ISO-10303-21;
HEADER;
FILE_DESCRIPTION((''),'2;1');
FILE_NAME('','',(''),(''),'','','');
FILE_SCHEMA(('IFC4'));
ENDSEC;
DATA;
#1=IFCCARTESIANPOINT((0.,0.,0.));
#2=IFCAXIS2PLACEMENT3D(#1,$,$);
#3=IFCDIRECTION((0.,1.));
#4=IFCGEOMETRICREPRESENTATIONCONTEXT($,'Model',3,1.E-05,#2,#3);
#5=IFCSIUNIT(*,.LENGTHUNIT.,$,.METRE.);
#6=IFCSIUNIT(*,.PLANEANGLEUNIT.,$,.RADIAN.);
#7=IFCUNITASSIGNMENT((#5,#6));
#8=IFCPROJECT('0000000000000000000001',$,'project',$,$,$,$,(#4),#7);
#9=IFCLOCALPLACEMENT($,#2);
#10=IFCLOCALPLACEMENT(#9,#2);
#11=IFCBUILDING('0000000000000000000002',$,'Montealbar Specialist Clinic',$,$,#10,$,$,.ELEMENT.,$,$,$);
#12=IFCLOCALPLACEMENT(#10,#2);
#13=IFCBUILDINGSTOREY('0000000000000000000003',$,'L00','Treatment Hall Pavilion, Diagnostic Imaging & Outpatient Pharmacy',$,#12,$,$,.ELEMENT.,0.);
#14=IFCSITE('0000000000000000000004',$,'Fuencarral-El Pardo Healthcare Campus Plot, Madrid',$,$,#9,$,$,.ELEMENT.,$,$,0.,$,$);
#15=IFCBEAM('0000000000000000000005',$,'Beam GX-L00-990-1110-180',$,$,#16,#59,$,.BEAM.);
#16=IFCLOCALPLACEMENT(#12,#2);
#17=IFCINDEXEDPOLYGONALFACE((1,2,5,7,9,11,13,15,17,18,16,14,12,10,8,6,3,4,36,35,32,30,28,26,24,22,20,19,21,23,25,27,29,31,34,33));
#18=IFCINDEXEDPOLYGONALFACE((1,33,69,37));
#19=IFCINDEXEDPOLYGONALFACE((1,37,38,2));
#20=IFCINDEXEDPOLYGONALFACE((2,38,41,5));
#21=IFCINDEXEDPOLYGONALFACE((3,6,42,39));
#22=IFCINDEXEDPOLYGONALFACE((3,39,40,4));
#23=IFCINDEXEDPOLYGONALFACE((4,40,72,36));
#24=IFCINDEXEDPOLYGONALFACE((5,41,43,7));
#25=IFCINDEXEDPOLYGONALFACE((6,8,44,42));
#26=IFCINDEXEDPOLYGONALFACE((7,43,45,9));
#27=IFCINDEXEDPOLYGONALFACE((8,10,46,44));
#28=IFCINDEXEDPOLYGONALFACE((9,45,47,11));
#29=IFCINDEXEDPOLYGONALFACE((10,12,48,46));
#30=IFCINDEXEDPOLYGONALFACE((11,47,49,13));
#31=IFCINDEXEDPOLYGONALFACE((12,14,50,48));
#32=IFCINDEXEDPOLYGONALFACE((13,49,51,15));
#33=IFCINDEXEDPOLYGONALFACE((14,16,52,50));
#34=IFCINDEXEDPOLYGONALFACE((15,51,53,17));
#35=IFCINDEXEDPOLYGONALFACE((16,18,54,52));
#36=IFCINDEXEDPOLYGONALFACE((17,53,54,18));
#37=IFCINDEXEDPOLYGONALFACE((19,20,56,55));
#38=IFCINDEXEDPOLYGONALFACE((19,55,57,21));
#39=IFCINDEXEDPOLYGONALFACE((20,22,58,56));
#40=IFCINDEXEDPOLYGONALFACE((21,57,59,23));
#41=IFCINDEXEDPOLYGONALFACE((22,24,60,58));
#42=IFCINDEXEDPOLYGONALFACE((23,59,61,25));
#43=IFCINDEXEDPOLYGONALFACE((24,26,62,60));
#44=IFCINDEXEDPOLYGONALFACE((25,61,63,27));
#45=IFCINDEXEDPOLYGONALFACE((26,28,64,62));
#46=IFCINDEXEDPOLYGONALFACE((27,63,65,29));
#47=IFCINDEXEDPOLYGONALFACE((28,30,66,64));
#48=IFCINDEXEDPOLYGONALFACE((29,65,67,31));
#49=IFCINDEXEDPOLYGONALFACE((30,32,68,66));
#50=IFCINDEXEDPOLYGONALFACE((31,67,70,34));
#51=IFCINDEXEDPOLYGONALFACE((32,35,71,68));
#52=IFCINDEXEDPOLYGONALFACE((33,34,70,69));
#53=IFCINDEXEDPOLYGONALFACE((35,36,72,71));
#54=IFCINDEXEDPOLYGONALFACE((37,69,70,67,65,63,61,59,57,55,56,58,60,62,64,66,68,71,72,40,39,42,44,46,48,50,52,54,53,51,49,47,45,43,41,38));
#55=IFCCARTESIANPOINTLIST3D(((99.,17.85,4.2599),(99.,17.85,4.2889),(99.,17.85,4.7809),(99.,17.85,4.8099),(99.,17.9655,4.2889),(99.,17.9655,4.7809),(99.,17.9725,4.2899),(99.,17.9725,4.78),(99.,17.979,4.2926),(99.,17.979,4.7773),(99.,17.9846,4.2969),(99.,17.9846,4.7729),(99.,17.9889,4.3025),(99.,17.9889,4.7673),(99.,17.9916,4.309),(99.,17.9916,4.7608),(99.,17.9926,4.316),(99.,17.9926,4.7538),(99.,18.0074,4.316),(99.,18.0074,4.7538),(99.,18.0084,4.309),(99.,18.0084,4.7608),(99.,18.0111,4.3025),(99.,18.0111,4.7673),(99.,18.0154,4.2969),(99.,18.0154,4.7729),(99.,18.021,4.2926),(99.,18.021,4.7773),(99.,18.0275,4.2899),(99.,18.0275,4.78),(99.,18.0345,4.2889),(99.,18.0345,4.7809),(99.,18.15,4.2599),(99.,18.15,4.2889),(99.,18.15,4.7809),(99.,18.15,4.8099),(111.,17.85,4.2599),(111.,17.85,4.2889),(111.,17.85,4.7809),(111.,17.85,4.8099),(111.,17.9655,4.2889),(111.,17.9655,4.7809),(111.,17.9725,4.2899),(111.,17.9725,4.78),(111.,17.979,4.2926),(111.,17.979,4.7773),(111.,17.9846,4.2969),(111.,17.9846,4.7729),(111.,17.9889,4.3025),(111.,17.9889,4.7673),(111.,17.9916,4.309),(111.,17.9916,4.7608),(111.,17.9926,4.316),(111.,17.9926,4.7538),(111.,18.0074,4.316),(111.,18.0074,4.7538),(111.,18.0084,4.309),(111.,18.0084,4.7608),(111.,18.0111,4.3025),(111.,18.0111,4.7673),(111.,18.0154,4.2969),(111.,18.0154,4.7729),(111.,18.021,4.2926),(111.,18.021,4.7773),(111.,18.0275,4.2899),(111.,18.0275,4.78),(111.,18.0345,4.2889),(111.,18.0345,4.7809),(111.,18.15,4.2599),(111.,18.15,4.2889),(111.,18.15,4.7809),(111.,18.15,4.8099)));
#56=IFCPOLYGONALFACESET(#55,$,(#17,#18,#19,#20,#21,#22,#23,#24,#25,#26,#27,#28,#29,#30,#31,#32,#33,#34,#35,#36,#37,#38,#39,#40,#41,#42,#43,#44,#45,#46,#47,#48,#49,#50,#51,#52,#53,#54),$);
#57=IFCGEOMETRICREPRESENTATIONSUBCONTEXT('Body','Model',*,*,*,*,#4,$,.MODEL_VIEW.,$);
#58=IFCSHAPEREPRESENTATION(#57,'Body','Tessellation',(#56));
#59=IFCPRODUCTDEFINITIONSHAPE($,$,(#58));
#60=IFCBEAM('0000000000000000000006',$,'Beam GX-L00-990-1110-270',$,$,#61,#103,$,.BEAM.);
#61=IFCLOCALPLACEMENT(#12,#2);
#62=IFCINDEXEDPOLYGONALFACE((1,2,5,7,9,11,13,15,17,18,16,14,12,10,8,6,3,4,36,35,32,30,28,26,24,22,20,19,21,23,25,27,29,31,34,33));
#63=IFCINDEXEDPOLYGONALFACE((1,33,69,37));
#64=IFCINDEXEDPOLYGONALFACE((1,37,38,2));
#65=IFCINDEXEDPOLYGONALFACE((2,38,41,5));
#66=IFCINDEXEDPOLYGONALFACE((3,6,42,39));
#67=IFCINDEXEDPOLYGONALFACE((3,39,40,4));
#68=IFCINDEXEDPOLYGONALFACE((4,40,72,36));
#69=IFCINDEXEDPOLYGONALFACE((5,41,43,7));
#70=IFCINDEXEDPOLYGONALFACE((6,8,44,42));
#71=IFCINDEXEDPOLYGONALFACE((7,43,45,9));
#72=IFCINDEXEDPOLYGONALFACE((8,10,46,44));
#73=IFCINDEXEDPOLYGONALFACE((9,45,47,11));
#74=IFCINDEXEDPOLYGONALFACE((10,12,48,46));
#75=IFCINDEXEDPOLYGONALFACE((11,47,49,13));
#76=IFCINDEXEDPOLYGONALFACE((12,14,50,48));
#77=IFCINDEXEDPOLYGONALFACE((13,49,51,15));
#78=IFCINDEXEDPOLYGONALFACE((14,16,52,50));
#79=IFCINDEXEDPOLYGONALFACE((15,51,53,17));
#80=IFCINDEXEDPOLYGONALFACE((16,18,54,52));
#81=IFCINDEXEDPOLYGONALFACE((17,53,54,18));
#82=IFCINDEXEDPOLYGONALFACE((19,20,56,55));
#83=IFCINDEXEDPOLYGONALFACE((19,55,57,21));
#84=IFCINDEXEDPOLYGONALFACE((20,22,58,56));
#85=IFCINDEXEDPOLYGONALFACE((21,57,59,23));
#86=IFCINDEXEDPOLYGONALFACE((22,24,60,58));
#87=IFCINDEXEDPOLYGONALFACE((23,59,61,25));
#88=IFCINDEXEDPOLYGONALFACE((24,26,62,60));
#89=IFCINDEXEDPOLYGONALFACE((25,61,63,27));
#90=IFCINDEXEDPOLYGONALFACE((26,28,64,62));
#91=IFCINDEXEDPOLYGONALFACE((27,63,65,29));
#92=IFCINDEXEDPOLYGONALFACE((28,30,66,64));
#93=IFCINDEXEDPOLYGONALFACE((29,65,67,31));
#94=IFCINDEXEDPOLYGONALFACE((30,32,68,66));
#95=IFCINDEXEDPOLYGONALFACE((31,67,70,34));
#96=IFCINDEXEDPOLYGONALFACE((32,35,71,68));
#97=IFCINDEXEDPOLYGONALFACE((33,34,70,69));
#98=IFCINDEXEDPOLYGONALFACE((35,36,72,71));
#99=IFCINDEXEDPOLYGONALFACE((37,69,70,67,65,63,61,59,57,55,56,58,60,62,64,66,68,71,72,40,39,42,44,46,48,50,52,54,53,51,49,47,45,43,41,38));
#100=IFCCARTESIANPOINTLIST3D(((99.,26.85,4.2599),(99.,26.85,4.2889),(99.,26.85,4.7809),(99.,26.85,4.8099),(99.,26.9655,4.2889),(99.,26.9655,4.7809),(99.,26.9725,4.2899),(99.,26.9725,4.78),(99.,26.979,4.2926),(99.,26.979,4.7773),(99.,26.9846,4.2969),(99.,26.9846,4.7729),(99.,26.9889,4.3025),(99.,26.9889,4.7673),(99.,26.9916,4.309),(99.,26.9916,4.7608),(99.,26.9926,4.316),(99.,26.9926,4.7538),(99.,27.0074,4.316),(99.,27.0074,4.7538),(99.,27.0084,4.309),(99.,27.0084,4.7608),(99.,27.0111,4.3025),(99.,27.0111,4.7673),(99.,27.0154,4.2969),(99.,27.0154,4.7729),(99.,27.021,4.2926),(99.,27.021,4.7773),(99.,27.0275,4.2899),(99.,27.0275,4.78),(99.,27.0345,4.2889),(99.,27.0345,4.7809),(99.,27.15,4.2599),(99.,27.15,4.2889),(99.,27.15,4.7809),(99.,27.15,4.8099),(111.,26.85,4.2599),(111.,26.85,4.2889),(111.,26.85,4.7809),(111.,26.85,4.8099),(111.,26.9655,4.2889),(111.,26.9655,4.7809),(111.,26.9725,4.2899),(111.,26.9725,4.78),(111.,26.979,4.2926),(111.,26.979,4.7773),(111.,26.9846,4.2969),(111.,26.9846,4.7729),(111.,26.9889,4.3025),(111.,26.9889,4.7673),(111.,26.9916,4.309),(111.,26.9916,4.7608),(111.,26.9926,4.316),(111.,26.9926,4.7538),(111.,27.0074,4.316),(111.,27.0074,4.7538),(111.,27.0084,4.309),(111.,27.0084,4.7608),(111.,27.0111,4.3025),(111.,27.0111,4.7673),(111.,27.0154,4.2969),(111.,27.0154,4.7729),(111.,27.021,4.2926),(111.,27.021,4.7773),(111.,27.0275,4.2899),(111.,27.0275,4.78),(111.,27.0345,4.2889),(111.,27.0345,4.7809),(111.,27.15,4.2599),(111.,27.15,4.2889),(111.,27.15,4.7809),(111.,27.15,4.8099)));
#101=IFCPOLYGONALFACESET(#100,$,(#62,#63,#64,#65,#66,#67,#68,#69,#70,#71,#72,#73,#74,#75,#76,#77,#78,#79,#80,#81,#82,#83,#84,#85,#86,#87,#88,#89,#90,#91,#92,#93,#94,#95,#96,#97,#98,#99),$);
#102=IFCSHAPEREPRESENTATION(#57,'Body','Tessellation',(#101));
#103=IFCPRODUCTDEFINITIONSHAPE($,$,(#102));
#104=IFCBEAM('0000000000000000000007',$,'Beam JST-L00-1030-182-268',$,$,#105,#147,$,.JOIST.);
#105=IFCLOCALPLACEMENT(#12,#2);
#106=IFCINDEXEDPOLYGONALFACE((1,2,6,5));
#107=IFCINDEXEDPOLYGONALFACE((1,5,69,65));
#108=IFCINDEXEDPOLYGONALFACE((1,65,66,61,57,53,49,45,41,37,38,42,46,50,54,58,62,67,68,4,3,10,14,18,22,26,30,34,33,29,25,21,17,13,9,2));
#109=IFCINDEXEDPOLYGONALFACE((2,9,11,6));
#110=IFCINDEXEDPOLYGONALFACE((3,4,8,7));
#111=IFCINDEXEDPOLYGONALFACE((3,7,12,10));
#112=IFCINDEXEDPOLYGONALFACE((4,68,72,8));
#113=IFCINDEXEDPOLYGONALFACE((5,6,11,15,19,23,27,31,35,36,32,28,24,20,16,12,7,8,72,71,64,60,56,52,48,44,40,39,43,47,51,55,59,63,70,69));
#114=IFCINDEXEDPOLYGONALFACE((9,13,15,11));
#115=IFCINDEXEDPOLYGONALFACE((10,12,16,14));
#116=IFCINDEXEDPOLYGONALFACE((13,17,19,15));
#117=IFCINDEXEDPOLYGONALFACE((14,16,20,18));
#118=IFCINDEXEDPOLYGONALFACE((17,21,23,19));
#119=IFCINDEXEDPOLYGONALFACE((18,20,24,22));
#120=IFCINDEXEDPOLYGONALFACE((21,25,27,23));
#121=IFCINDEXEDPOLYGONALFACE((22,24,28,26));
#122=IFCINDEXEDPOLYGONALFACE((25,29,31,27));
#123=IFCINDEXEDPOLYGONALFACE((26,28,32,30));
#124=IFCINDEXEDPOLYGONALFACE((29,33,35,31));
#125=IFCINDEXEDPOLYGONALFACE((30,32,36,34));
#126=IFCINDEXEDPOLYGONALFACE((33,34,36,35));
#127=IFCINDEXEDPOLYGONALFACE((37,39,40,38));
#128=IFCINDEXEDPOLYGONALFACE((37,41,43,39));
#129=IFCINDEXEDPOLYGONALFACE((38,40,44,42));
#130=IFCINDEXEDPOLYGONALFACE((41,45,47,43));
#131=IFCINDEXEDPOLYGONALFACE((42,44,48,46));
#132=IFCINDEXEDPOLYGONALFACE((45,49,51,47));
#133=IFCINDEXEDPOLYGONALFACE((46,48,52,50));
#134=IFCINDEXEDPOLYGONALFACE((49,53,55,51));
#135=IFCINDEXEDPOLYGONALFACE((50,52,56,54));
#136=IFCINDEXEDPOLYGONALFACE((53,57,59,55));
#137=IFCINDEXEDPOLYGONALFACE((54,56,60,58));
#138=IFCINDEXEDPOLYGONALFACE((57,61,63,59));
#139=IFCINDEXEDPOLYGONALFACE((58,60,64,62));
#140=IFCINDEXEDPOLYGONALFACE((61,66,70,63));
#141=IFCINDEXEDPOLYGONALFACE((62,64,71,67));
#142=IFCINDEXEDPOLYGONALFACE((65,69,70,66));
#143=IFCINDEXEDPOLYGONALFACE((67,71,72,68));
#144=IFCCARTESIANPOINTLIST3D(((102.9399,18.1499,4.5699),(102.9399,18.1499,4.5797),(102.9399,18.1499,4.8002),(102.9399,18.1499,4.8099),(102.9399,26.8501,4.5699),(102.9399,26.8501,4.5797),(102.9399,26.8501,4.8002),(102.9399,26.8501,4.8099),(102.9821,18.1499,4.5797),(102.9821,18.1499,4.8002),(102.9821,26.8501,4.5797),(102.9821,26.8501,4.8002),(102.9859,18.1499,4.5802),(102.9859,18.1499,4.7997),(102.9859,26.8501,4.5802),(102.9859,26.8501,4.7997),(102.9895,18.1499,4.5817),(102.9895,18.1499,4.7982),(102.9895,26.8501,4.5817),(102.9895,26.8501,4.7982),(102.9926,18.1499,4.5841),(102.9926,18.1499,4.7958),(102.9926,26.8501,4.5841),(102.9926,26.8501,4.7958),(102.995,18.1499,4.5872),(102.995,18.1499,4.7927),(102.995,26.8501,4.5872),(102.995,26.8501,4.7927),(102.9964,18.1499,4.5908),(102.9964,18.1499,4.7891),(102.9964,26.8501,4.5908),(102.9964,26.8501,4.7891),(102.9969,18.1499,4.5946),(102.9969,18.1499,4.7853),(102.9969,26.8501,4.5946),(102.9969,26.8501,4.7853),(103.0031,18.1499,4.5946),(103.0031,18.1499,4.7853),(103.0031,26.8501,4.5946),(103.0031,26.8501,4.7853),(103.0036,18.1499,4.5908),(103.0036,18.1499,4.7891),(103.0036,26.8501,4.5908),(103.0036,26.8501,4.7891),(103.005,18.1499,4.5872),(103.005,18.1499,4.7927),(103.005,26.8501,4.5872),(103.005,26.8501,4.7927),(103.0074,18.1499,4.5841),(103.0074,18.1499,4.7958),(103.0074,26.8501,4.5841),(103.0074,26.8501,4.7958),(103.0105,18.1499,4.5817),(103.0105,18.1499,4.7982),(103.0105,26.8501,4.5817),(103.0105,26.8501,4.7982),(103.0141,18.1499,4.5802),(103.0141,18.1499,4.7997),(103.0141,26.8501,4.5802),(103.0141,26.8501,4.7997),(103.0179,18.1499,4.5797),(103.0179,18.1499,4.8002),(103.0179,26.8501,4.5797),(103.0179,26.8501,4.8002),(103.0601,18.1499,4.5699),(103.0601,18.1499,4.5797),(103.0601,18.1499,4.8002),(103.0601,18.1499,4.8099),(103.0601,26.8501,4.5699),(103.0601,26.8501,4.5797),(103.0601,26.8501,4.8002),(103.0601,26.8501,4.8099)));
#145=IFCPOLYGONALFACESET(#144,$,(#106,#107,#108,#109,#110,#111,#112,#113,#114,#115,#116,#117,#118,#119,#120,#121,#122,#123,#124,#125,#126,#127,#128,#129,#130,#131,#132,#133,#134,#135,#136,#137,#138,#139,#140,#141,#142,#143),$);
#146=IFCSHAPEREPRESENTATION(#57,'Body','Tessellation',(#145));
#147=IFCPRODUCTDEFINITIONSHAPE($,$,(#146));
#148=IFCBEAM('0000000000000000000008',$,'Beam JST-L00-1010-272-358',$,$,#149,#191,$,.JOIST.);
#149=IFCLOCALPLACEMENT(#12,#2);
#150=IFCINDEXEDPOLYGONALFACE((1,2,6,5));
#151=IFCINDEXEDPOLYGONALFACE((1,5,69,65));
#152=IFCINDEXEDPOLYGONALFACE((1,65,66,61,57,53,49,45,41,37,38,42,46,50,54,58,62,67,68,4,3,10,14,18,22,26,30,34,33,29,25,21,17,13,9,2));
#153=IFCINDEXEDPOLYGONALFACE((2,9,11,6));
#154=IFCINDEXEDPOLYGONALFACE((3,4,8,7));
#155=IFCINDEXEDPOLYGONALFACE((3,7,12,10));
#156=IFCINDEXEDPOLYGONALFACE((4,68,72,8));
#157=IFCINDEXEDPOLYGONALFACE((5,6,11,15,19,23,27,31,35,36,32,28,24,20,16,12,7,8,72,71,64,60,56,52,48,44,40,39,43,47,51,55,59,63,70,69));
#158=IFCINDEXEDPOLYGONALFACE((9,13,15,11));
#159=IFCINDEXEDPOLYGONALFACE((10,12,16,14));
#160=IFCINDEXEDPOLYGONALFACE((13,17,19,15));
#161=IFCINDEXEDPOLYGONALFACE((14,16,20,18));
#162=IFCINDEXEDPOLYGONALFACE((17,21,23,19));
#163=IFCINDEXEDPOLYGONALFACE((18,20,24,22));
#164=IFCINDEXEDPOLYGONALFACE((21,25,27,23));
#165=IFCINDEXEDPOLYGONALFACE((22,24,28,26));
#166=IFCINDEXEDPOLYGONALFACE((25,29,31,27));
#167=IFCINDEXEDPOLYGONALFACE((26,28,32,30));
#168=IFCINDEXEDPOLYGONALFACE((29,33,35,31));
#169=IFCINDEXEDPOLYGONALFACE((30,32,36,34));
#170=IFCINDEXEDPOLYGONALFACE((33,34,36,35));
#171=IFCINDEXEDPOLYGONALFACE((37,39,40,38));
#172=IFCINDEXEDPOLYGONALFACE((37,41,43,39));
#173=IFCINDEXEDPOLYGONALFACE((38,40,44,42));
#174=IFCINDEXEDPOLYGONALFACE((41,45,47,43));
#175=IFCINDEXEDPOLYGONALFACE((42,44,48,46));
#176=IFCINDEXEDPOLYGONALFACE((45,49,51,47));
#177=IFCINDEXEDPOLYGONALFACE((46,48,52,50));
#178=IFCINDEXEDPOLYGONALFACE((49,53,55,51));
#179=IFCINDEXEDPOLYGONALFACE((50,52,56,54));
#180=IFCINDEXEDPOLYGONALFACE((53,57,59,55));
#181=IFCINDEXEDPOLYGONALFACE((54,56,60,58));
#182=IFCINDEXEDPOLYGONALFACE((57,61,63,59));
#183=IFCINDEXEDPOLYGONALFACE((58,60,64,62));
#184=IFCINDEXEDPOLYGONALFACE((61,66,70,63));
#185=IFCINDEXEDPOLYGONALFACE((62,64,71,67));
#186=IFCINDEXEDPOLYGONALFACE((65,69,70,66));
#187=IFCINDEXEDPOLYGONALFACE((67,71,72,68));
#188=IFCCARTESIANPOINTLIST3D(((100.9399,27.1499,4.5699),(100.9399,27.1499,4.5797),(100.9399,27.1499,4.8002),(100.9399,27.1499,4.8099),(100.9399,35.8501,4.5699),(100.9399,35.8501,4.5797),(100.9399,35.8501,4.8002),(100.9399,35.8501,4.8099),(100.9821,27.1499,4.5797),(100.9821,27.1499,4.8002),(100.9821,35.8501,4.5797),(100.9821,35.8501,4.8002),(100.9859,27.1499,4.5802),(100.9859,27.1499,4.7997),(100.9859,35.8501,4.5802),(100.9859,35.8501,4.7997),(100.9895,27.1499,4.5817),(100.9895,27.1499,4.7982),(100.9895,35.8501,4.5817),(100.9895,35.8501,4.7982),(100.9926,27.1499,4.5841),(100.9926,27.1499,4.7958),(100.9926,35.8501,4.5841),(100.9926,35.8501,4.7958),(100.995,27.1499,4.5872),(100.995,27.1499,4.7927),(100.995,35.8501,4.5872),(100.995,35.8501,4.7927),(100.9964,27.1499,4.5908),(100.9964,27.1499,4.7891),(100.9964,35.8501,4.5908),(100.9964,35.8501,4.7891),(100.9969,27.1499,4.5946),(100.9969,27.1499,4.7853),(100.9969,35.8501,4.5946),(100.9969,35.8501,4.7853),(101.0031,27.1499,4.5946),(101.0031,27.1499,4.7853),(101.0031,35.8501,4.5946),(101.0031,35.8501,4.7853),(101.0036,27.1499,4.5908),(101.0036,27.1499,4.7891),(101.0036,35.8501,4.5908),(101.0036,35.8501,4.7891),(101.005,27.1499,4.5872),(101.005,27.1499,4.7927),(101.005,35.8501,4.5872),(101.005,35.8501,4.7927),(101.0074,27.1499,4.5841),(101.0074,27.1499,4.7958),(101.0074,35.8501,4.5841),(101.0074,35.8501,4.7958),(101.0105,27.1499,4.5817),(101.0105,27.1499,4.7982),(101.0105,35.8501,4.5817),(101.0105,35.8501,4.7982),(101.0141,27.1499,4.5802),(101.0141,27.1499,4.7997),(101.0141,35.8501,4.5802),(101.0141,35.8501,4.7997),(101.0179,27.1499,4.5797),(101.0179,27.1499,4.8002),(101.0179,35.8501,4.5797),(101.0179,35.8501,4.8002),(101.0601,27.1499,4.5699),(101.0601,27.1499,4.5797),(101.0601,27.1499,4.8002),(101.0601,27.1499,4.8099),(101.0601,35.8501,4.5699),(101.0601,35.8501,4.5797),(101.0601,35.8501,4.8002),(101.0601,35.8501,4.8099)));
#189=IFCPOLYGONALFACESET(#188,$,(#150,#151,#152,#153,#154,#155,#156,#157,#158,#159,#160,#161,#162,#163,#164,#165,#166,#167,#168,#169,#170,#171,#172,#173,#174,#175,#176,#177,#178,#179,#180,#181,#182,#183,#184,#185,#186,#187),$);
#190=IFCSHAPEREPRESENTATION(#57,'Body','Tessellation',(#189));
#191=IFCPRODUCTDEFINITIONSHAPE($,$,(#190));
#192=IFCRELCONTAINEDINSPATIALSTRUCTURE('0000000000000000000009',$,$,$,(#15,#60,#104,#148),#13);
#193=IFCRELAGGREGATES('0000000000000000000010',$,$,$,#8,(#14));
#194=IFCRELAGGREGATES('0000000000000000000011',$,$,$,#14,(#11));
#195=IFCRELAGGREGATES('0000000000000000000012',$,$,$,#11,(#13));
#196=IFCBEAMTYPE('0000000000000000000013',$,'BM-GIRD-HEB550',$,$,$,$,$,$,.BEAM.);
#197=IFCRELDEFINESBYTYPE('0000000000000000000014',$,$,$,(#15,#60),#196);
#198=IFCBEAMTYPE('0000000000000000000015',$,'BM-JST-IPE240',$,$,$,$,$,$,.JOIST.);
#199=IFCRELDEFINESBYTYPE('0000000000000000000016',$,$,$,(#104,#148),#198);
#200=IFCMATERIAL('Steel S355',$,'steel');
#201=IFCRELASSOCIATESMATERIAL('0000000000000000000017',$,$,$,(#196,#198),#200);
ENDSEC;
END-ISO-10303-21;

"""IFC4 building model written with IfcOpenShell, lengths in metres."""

from ifc_helpers import new_model, si_unit, direction, frame, origin, origin_2d, place, context, subcontext, project, spatial, i_section, extrude, material, material_profile, profile_set, type_object, element, save


model = new_model("IFC4")

# Units and contexts
model_context = context("Model", 3, precision=1e-05, world=origin(), true_north=direction((0.0, 1.0)))
body_context = subcontext(model_context, "Body", "Model", "MODEL_VIEW")
ifc_project = project(units=[si_unit("LENGTHUNIT", "METRE"), si_unit("PLANEANGLEUNIT", "RADIAN")], contexts=[model_context])

# Site, building, storey
site_placement = place(None, origin())
site = spatial("IfcSite", under=ifc_project, at=site_placement, Name="Fuencarral-El Pardo Healthcare Campus Plot, Madrid", CompositionType="ELEMENT", RefElevation=0.0)
building_placement = place(site_placement, origin())
building = spatial("IfcBuilding", under=site, at=building_placement, Name="Montealbar Specialist Clinic", CompositionType="ELEMENT")
storey_placement = place(building_placement, origin())
storey = spatial("IfcBuildingStorey", under=building, at=storey_placement, Name="L00", Description="Treatment Hall Pavilion, Diagnostic Imaging & Outpatient Pharmacy", CompositionType="ELEMENT", Elevation=0.0)

# Shared definitions
ifc_material_1 = material(Name="Steel S355", Category="steel")

# Beams
ifc_material_profile_1 = material_profile(ifc_material_1, i_section(OverallWidth=0.3, OverallDepth=0.55, WebThickness=0.0149, FlangeThickness=0.0291, FilletRadius=0.0271, at=origin_2d()), Name="HEB 550", Category="steel")
ifc_profile_set_1 = profile_set([ifc_material_profile_1], Name="Steel S355")
beam_type_1 = type_object("IfcBeamType", Name="BM-GIRD-HEB550", PredefinedType="BEAM", material=ifc_profile_set_1)
for number, where, z_axis, x_axis, name in (
    (1, (99.0, 18.0, 4.5349), (1.0, 0.0, 0.0), (0.0, 1.0, 0.0), "Beam GX-L00-990-1110-180"),
    (2, (99.0, 27.0, 4.5349), (1.0, 0.0, 0.0), (0.0, 1.0, 0.0), "Beam GX-L00-990-1110-270"),
):
    element("IfcBeam", number, at=place(storey_placement, frame(where, z_axis=z_axis, x_axis=x_axis)), inside=storey, type_object=beam_type_1, Name=name, PredefinedType="BEAM", context=body_context, shape_type="SweptSolid", body=[
        extrude(i_section(OverallWidth=0.3, OverallDepth=0.55, WebThickness=0.0149, FlangeThickness=0.0291, FilletRadius=0.0271, at=origin_2d()), origin(), (0.0, 0.0, 1.0), 12.0),
    ])
ifc_material_profile_2 = material_profile(ifc_material_1, i_section(OverallWidth=0.1201, OverallDepth=0.24, WebThickness=0.0061, FlangeThickness=0.0098, FilletRadius=0.0149, at=origin_2d()), Name="IPE 240", Category="steel")
ifc_profile_set_2 = profile_set([ifc_material_profile_2], Name="Steel S355")
beam_type_2 = type_object("IfcBeamType", Name="BM-JST-IPE240", PredefinedType="JOIST", material=ifc_profile_set_2)
for number, where, z_axis, x_axis, name in (
    (3, (103.0, 18.1499, 4.6899), (0.0, 1.0, 0.0), (-1.0, 0.0, 0.0), "Beam JST-L00-1030-182-268"),
    (4, (101.0, 27.1499, 4.6899), (0.0, 1.0, 0.0), (-1.0, 0.0, 0.0), "Beam JST-L00-1010-272-358"),
):
    element("IfcBeam", number, at=place(storey_placement, frame(where, z_axis=z_axis, x_axis=x_axis)), inside=storey, type_object=beam_type_2, Name=name, PredefinedType="JOIST", context=body_context, shape_type="SweptSolid", body=[
        extrude(i_section(OverallWidth=0.1201, OverallDepth=0.24, WebThickness=0.0061, FlangeThickness=0.0098, FilletRadius=0.0149, at=origin_2d()), origin(), (0.0, 0.0, 1.0), 8.7002),
    ])

save(model, "model.ifc")
